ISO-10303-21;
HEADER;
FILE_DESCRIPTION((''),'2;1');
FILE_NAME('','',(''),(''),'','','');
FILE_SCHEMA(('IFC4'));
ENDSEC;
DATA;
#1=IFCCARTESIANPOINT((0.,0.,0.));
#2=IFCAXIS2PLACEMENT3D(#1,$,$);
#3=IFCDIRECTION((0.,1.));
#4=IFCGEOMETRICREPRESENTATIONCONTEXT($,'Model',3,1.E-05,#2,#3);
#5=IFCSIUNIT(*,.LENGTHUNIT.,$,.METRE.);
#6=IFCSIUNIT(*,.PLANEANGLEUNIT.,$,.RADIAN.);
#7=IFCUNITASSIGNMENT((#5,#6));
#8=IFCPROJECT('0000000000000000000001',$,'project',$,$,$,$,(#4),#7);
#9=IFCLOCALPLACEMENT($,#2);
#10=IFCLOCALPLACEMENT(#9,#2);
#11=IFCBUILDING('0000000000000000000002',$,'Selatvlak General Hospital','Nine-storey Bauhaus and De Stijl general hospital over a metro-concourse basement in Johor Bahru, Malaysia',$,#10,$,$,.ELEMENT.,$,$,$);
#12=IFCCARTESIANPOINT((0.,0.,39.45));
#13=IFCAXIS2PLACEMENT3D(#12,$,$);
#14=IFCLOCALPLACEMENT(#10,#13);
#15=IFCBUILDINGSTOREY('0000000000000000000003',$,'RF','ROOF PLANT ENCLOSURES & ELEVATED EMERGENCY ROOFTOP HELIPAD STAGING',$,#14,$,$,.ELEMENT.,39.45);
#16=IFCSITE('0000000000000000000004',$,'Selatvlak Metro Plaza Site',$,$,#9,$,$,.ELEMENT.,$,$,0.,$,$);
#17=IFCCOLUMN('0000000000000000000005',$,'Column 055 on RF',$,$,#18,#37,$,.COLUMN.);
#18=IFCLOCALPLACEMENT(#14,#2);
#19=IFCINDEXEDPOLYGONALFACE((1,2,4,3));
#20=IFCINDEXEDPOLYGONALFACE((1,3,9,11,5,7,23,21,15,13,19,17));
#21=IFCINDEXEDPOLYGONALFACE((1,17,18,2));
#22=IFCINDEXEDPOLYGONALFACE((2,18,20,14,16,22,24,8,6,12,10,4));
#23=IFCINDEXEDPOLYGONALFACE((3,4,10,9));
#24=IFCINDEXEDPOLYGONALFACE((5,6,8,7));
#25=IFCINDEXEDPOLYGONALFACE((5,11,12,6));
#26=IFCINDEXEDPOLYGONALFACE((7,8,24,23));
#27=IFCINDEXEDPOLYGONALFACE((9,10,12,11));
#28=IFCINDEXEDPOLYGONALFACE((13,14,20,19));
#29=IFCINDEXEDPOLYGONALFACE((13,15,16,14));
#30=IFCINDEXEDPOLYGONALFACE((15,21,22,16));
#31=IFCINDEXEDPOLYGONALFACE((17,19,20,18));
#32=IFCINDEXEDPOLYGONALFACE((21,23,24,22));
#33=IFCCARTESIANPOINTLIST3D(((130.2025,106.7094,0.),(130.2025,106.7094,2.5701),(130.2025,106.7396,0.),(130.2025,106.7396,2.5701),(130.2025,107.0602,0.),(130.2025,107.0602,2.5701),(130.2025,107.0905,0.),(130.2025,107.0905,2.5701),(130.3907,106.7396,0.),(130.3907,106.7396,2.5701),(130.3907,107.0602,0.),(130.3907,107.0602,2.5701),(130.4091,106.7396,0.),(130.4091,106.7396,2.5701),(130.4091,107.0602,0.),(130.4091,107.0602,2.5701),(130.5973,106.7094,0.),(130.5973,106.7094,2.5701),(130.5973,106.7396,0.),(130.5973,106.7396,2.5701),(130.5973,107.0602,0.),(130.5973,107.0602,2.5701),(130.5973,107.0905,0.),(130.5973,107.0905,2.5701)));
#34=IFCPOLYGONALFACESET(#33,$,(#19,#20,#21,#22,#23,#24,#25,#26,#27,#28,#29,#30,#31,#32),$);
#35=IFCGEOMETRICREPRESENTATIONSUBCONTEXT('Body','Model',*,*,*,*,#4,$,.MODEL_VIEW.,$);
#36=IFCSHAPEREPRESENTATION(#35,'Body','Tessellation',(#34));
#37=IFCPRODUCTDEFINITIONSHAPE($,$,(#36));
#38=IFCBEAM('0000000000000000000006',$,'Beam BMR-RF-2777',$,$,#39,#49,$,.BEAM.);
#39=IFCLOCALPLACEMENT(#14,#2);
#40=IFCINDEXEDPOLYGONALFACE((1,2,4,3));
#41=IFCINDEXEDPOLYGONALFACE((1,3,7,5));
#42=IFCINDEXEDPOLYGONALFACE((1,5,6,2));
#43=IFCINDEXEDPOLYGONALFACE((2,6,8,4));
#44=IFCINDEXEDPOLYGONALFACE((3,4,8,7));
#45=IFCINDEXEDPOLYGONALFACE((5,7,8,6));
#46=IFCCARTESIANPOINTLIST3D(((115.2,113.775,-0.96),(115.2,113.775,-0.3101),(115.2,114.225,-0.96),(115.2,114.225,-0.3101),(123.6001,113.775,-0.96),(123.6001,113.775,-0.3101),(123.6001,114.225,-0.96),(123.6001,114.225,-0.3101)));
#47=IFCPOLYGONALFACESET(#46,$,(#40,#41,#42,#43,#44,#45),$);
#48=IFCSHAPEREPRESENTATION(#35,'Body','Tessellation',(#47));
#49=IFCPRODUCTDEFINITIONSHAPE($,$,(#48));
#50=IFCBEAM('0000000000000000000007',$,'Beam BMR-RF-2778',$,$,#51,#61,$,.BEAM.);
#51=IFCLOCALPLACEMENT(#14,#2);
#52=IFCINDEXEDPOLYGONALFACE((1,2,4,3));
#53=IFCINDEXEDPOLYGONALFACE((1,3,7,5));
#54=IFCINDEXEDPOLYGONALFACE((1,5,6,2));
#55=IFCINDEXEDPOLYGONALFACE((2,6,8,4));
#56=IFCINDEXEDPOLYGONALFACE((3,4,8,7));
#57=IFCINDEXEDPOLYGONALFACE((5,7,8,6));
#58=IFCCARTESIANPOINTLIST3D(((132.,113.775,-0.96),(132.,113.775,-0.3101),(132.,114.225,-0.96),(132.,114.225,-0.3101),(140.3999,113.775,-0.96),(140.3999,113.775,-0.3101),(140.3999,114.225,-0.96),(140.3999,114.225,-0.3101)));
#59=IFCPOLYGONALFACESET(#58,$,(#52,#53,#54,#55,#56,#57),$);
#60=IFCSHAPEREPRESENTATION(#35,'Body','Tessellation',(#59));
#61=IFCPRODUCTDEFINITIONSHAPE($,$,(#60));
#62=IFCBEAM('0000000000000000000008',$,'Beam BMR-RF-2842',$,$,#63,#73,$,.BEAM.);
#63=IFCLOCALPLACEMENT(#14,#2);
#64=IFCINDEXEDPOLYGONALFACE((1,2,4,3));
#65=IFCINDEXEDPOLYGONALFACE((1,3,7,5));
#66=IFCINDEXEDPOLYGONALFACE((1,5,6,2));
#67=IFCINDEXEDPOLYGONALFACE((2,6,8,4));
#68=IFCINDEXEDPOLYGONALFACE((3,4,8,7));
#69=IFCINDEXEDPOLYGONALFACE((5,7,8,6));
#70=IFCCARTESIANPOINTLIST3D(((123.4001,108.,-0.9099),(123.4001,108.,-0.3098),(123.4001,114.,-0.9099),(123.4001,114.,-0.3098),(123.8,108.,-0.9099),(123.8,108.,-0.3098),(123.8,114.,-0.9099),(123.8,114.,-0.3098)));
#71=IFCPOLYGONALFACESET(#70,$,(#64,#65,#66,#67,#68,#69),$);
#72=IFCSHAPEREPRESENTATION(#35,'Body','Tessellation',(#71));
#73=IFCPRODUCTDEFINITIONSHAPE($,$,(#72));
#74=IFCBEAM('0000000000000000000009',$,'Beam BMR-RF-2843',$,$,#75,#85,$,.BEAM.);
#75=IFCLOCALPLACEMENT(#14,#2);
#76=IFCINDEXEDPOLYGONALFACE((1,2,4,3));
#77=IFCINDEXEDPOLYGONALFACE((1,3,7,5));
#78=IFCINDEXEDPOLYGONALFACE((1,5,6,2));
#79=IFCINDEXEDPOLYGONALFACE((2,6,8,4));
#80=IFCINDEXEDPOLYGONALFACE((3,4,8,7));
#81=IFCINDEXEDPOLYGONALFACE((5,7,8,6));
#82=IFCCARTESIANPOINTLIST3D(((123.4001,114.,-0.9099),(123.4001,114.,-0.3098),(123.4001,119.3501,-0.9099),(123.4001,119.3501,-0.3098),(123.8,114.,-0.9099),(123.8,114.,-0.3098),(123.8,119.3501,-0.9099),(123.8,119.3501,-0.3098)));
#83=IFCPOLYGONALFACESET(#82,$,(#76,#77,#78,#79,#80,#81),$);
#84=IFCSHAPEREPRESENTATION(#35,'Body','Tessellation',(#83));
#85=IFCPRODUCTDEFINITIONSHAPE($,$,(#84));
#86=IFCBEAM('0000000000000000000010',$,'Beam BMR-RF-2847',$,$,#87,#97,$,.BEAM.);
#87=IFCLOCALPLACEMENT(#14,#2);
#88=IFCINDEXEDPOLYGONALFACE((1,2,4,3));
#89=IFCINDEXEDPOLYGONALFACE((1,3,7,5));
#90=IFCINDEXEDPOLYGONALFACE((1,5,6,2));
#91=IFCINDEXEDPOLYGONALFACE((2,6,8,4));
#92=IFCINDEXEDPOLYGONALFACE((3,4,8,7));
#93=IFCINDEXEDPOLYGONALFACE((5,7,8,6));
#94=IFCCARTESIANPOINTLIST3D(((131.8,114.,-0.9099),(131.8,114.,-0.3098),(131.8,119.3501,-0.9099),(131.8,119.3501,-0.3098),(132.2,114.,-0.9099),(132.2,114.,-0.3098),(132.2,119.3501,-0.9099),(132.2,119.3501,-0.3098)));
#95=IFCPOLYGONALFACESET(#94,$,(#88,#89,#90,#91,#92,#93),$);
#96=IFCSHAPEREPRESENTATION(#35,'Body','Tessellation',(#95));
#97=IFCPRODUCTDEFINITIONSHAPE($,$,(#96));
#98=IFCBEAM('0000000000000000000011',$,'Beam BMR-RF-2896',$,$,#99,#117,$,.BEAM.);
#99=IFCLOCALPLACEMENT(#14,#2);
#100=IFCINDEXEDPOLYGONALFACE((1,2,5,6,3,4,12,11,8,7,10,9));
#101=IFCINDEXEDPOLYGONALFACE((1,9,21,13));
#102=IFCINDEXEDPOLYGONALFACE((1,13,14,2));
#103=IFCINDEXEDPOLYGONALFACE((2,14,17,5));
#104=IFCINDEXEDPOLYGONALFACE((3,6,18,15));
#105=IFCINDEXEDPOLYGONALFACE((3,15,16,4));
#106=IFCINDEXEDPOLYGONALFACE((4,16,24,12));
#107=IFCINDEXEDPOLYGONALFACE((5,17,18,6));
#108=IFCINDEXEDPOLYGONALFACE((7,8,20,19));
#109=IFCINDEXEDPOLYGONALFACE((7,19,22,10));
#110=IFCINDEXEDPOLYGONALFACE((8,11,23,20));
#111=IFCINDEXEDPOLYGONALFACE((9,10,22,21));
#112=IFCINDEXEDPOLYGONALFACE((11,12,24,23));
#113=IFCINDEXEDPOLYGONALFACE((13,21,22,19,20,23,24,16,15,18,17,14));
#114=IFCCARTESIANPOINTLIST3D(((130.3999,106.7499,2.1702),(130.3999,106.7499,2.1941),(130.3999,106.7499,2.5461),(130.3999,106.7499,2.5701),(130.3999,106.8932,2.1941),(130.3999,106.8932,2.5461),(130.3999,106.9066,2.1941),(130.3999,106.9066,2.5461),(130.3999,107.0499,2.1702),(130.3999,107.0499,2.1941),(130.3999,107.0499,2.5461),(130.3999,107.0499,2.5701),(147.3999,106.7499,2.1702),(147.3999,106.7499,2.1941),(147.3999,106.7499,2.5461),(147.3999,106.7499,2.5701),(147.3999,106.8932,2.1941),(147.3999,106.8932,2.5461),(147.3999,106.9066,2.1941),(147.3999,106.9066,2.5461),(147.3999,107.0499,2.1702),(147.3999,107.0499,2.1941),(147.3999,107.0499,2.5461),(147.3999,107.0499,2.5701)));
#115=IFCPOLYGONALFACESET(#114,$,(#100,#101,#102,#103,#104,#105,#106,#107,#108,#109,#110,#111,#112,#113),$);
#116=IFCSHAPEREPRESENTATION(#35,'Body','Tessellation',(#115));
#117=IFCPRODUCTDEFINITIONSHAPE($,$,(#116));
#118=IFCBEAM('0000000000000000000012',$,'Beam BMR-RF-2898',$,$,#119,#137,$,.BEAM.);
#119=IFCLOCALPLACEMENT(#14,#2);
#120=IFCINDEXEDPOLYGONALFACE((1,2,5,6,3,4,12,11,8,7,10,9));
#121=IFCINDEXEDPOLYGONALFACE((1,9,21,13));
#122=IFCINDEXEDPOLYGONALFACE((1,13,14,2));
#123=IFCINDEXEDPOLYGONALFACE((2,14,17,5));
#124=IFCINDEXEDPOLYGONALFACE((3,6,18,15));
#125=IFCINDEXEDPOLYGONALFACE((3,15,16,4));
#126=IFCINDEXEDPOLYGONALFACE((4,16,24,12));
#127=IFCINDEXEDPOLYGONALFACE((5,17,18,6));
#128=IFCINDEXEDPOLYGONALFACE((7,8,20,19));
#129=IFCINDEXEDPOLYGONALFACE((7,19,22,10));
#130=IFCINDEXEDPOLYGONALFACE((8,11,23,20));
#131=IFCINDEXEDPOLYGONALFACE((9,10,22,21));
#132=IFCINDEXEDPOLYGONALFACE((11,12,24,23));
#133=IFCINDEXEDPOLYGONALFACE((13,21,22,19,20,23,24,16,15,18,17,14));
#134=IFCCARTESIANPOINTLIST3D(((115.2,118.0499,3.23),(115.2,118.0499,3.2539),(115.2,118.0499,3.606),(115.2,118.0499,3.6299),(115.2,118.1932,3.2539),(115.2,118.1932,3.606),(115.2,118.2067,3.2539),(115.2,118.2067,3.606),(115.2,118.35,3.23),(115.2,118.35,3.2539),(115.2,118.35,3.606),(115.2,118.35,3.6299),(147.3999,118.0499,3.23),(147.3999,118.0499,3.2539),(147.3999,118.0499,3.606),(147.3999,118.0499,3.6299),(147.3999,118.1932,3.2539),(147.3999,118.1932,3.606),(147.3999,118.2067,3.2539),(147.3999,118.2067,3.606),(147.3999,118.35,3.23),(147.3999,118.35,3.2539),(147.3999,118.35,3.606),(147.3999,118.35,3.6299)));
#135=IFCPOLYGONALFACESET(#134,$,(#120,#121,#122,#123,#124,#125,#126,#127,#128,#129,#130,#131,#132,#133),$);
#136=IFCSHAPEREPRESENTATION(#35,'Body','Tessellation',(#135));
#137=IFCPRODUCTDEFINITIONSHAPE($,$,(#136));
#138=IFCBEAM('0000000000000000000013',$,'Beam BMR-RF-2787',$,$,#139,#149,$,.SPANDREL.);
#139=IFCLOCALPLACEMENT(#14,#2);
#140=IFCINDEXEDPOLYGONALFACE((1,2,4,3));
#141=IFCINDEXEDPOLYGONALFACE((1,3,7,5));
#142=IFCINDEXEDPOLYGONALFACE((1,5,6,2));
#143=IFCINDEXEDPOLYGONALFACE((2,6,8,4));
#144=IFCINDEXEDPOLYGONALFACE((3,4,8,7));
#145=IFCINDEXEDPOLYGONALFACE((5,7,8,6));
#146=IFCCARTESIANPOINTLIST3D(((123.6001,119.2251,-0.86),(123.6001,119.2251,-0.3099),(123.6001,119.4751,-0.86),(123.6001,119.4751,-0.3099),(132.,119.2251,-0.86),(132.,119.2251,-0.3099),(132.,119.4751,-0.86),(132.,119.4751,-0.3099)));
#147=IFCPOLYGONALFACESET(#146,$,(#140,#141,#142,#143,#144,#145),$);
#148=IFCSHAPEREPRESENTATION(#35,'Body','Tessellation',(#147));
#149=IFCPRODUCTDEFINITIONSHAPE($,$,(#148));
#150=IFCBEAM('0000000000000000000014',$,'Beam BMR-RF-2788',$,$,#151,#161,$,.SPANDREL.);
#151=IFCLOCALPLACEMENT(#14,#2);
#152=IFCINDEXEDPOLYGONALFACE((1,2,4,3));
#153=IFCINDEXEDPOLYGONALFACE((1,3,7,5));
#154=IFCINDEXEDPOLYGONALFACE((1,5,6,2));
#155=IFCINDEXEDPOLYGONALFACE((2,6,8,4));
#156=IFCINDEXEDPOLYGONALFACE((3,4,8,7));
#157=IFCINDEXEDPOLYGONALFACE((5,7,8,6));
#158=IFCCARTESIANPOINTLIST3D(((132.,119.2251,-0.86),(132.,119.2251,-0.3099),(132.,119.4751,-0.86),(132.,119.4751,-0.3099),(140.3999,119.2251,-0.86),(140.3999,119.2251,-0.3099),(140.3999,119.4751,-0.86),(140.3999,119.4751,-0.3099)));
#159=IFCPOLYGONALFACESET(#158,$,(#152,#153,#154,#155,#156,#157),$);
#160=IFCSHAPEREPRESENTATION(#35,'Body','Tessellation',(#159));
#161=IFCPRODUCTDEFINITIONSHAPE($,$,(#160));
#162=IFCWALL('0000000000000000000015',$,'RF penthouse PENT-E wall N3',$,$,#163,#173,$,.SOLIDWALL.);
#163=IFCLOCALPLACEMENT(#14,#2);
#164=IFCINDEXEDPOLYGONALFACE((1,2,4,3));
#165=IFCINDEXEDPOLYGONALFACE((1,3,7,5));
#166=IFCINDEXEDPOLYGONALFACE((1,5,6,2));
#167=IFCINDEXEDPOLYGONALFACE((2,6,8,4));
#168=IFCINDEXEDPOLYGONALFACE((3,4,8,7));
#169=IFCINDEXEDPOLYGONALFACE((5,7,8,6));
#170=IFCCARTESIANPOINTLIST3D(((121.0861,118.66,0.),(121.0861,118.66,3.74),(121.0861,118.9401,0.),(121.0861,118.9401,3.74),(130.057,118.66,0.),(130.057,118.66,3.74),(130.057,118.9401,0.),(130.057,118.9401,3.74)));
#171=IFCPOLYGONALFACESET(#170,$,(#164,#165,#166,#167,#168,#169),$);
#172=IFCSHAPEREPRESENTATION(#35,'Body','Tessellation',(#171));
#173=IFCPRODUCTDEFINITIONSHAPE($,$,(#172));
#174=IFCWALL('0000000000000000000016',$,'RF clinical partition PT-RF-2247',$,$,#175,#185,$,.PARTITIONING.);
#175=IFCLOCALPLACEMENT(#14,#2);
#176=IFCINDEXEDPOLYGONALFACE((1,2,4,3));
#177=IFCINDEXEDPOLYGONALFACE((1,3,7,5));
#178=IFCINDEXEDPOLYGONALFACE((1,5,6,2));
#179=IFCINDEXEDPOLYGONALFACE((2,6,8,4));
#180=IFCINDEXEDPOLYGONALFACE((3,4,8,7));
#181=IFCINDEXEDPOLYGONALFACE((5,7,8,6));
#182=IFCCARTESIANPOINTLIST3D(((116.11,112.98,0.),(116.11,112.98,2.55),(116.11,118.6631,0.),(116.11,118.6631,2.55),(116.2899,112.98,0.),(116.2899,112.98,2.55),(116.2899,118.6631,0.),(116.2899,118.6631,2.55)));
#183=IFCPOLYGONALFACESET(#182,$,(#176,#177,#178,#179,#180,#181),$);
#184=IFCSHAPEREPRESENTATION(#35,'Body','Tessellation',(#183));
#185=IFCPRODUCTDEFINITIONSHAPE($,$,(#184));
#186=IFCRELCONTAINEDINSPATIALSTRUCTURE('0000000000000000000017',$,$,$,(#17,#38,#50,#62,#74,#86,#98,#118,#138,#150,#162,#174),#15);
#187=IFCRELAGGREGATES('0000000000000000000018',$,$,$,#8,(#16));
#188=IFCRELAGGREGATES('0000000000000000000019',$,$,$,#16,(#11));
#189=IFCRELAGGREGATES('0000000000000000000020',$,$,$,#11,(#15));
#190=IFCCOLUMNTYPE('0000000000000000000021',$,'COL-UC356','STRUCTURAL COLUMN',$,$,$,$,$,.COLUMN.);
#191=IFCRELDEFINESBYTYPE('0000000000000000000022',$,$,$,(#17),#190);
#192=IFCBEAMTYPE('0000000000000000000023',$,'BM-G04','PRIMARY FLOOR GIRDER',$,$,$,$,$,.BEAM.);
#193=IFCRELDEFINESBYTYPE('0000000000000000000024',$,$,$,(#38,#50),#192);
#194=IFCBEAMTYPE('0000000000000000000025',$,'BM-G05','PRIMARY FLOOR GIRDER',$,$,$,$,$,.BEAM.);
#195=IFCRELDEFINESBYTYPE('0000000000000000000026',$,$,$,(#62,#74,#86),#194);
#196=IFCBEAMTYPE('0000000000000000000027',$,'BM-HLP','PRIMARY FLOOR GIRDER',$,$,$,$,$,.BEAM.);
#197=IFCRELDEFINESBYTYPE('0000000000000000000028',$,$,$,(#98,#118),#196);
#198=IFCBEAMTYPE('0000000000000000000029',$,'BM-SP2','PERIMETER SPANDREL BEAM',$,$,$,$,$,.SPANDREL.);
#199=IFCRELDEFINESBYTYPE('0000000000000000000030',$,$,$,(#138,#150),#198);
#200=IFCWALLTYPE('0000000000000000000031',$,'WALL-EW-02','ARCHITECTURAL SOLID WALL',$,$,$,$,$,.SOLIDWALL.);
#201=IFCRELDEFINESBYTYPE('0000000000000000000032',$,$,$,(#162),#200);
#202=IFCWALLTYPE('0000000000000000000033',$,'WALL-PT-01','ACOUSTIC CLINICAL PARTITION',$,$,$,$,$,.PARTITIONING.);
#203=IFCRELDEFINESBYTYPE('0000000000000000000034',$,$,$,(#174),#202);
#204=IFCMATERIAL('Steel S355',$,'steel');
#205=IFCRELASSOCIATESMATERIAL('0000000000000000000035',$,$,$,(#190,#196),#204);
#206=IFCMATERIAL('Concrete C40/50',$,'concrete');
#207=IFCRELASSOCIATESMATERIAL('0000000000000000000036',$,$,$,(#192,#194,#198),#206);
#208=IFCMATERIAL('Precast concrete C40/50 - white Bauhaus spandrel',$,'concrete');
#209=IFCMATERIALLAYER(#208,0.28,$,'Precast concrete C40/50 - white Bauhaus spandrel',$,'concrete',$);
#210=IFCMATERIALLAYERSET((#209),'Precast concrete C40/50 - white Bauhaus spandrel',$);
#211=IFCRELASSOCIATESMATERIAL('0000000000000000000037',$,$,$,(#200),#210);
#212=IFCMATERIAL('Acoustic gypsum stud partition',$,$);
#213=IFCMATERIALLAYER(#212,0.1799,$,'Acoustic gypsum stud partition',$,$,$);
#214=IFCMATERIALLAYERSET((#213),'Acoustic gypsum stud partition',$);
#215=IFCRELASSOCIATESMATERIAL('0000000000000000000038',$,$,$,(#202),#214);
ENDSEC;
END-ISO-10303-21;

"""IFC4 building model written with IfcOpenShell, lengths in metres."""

from ifc_helpers import new_model, si_unit, direction, frame, frame_2d, origin, origin_2d, place, context, subcontext, project, spatial, rectangle, i_section, extrude, material, layer, layer_set, material_profile, profile_set, type_object, element, save


model = new_model("IFC4")

# Units and contexts
model_context = context("Model", 3, precision=1e-05, world=origin(), true_north=direction((0.0, 1.0)))
body_context = subcontext(model_context, "Body", "Model", "MODEL_VIEW")
ifc_project = project(units=[si_unit("LENGTHUNIT", "METRE"), si_unit("PLANEANGLEUNIT", "RADIAN")], contexts=[model_context])

# Site, building, storey
site_placement = place(None, origin())
site = spatial("IfcSite", under=ifc_project, at=site_placement, Name="Selatvlak Metro Plaza Site", CompositionType="ELEMENT", RefElevation=0.0)
building_placement = place(site_placement, origin())
building = spatial("IfcBuilding", under=site, at=building_placement, Name="Selatvlak General Hospital", Description="Nine-storey Bauhaus and De Stijl general hospital over a metro-concourse basement in Johor Bahru, Malaysia", CompositionType="ELEMENT")
storey_placement = place(building_placement, frame((0.0, 0.0, 39.45)))
storey = spatial("IfcBuildingStorey", under=building, at=storey_placement, Name="RF", Description="ROOF PLANT ENCLOSURES & ELEVATED EMERGENCY ROOFTOP HELIPAD STAGING", CompositionType="ELEMENT", Elevation=39.45)

# Column
ifc_material_1 = material(Name="Steel S355", Category="steel")
ifc_material_profile_1 = material_profile(ifc_material_1, i_section(OverallWidth=0.3948, OverallDepth=0.3811, WebThickness=0.0183, FlangeThickness=0.0303, at=origin_2d()), Name="UC 356x406x235")
ifc_profile_set_1 = profile_set([ifc_material_profile_1], Name="Steel S355")
column_type = type_object("IfcColumnType", Name="COL-UC356", Description="STRUCTURAL COLUMN", PredefinedType="COLUMN", material=ifc_profile_set_1)
column_placement = place(storey_placement, frame((130.3999, 106.8999, 0.0), z_axis=(0.0, 0.0, 1.0), x_axis=(1.0, 0.0, 0.0)))
element("IfcColumn", 1, at=column_placement, inside=storey, type_object=column_type, Name="Column 055 on RF", PredefinedType="COLUMN", context=body_context, shape_type="SweptSolid", body=[
    extrude(i_section(OverallWidth=0.3948, OverallDepth=0.3811, WebThickness=0.0183, FlangeThickness=0.0303, at=origin_2d()), origin(), (0.0, 0.0, 1.0), 2.5701),
])

# Beams
ifc_material_2 = material(Name="Concrete C40/50", Category="concrete")
ifc_material_profile_2 = material_profile(ifc_material_2, rectangle(XDim=0.45, YDim=0.6499, at=origin_2d()), Name="RC-BM 450x650")
ifc_profile_set_2 = profile_set([ifc_material_profile_2], Name="Concrete C40/50")
beam_type_1 = type_object("IfcBeamType", Name="BM-G04", Description="PRIMARY FLOOR GIRDER", PredefinedType="BEAM", material=ifc_profile_set_2)
beam_1_placement = place(storey_placement, frame((115.2, 114.0, -0.635), z_axis=(1.0, 0.0, 0.0), x_axis=(0.0, 1.0, 0.0)))
element("IfcBeam", 2, at=beam_1_placement, inside=storey, type_object=beam_type_1, Name="Beam BMR-RF-2777", PredefinedType="BEAM", context=body_context, shape_type="SweptSolid", body=[
    extrude(rectangle(XDim=0.45, YDim=0.6499, at=origin_2d()), origin(), (0.0, 0.0, 1.0), 8.4001),
])
beam_2_placement = place(storey_placement, frame((132.0, 114.0, -0.635), z_axis=(1.0, 0.0, 0.0), x_axis=(0.0, 1.0, 0.0)))
element("IfcBeam", 3, at=beam_2_placement, inside=storey, type_object=beam_type_1, Name="Beam BMR-RF-2778", PredefinedType="BEAM", context=body_context, shape_type="SweptSolid", body=[
    extrude(rectangle(XDim=0.45, YDim=0.6499, at=origin_2d()), origin(), (0.0, 0.0, 1.0), 8.3999),
])
ifc_material_profile_3 = material_profile(ifc_material_2, rectangle(XDim=0.3999, YDim=0.6001, at=origin_2d()), Name="RC-BM 400x600")
ifc_profile_set_3 = profile_set([ifc_material_profile_3], Name="Concrete C40/50")
beam_type_2 = type_object("IfcBeamType", Name="BM-G05", Description="PRIMARY FLOOR GIRDER", PredefinedType="BEAM", material=ifc_profile_set_3)
beam_3_placement = place(storey_placement, frame((123.6001, 108.0, -0.6099), z_axis=(0.0, 1.0, 0.0), x_axis=(-1.0, 0.0, 0.0)))
element("IfcBeam", 4, at=beam_3_placement, inside=storey, type_object=beam_type_2, Name="Beam BMR-RF-2842", PredefinedType="BEAM", context=body_context, shape_type="SweptSolid", body=[
    extrude(rectangle(XDim=0.3999, YDim=0.6001, at=origin_2d()), origin(), (0.0, 0.0, 1.0), 6.0),
])
for number, where, z_axis, x_axis, name in (
    (5, (123.6001, 114.0, -0.6099), (0.0, 1.0, 0.0), (-1.0, 0.0, 0.0), "Beam BMR-RF-2843"),
    (6, (132.0, 114.0, -0.6099), (0.0, 1.0, 0.0), (-1.0, 0.0, 0.0), "Beam BMR-RF-2847"),
):
    element("IfcBeam", number, at=place(storey_placement, frame(where, z_axis=z_axis, x_axis=x_axis)), inside=storey, type_object=beam_type_2, Name=name, PredefinedType="BEAM", context=body_context, shape_type="SweptSolid", body=[
        extrude(rectangle(XDim=0.3999, YDim=0.6001, at=origin_2d()), origin(), (0.0, 0.0, 1.0), 5.3501),
    ])
ifc_material_profile_4 = material_profile(ifc_material_1, i_section(OverallWidth=0.3, OverallDepth=0.3999, WebThickness=0.0134, FlangeThickness=0.0239, at=origin_2d()), Name="HEB 400")
ifc_profile_set_4 = profile_set([ifc_material_profile_4], Name="Steel S355")
beam_type_3 = type_object("IfcBeamType", Name="BM-HLP", Description="PRIMARY FLOOR GIRDER", PredefinedType="BEAM", material=ifc_profile_set_4)
beam_4_placement = place(storey_placement, frame((130.3999, 106.8999, 2.3701), z_axis=(1.0, 0.0, 0.0), x_axis=(0.0, 1.0, 0.0)))
element("IfcBeam", 7, at=beam_4_placement, inside=storey, type_object=beam_type_3, Name="Beam BMR-RF-2896", PredefinedType="BEAM", context=body_context, shape_type="SweptSolid", body=[
    extrude(i_section(OverallWidth=0.3, OverallDepth=0.3999, WebThickness=0.0134, FlangeThickness=0.0239, at=origin_2d()), origin(), (0.0, 0.0, 1.0), 17.0),
])
beam_5_placement = place(storey_placement, frame((115.2, 118.2, 3.4299), z_axis=(1.0, 0.0, 0.0), x_axis=(0.0, 1.0, 0.0)))
element("IfcBeam", 8, at=beam_5_placement, inside=storey, type_object=beam_type_3, Name="Beam BMR-RF-2898", PredefinedType="BEAM", context=body_context, shape_type="SweptSolid", body=[
    extrude(i_section(OverallWidth=0.3, OverallDepth=0.3999, WebThickness=0.0134, FlangeThickness=0.0239, at=origin_2d()), origin(), (0.0, 0.0, 1.0), 32.2),
])
ifc_material_profile_5 = material_profile(ifc_material_2, rectangle(XDim=0.25, YDim=0.55, at=origin_2d()), Name="RC-SP 250x550")
ifc_profile_set_5 = profile_set([ifc_material_profile_5], Name="Concrete C40/50")
beam_type_4 = type_object("IfcBeamType", Name="BM-SP2", Description="PERIMETER SPANDREL BEAM", PredefinedType="SPANDREL", material=ifc_profile_set_5)
for number, where, z_axis, x_axis, name in (
    (9, (123.6001, 119.3501, -0.585), (1.0, 0.0, 0.0), (0.0, 1.0, 0.0), "Beam BMR-RF-2787"),
    (10, (132.0, 119.3501, -0.585), (1.0, 0.0, 0.0), (0.0, 1.0, 0.0), "Beam BMR-RF-2788"),
):
    element("IfcBeam", number, at=place(storey_placement, frame(where, z_axis=z_axis, x_axis=x_axis)), inside=storey, type_object=beam_type_4, Name=name, PredefinedType="SPANDREL", context=body_context, shape_type="SweptSolid", body=[
        extrude(rectangle(XDim=0.25, YDim=0.55, at=origin_2d()), origin(), (0.0, 0.0, 1.0), 8.3999),
    ])

# Walls
ifc_material_3 = material(Name="Precast concrete C40/50 - white Bauhaus spandrel", Category="concrete")
ifc_layer_1 = layer(ifc_material_3, 0.28, Name="Precast concrete C40/50 - white Bauhaus spandrel", Category="concrete")
ifc_layer_set_1 = layer_set([ifc_layer_1], Name="Precast concrete C40/50 - white Bauhaus spandrel")
wall_type_1 = type_object("IfcWallType", Name="WALL-EW-02", Description="ARCHITECTURAL SOLID WALL", PredefinedType="SOLIDWALL", material=ifc_layer_set_1)
wall_1_placement = place(storey_placement, frame((130.0569, 118.8, 0.0), z_axis=(0.0, 0.0, 1.0), x_axis=(-1.0, 0.0, 0.0)))
element("IfcWall", 11, at=wall_1_placement, inside=storey, type_object=wall_type_1, Name="RF penthouse PENT-E wall N3", PredefinedType="SOLIDWALL", context=body_context, shape_type="SweptSolid", body=[
    extrude(rectangle(XDim=8.9709, YDim=0.28, at=frame_2d((4.4854, 0.0))), origin(), (0.0, 0.0, 1.0), 3.74),
])
ifc_material_4 = material(Name="Acoustic gypsum stud partition")
ifc_layer_2 = layer(ifc_material_4, 0.1799, Name="Acoustic gypsum stud partition")
ifc_layer_set_2 = layer_set([ifc_layer_2], Name="Acoustic gypsum stud partition")
wall_type_2 = type_object("IfcWallType", Name="WALL-PT-01", Description="ACOUSTIC CLINICAL PARTITION", PredefinedType="PARTITIONING", material=ifc_layer_set_2)
wall_2_placement = place(storey_placement, frame((116.2, 118.6631, 0.0), z_axis=(0.0, 0.0, 1.0), x_axis=(0.0, -1.0, 0.0)))
element("IfcWall", 12, at=wall_2_placement, inside=storey, type_object=wall_type_2, Name="RF clinical partition PT-RF-2247", PredefinedType="PARTITIONING", context=body_context, shape_type="SweptSolid", body=[
    extrude(rectangle(XDim=5.6831, YDim=0.1799, at=frame_2d((2.8416, 0.0))), origin(), (0.0, 0.0, 1.0), 2.55),
])

save(model, "model.ifc")
